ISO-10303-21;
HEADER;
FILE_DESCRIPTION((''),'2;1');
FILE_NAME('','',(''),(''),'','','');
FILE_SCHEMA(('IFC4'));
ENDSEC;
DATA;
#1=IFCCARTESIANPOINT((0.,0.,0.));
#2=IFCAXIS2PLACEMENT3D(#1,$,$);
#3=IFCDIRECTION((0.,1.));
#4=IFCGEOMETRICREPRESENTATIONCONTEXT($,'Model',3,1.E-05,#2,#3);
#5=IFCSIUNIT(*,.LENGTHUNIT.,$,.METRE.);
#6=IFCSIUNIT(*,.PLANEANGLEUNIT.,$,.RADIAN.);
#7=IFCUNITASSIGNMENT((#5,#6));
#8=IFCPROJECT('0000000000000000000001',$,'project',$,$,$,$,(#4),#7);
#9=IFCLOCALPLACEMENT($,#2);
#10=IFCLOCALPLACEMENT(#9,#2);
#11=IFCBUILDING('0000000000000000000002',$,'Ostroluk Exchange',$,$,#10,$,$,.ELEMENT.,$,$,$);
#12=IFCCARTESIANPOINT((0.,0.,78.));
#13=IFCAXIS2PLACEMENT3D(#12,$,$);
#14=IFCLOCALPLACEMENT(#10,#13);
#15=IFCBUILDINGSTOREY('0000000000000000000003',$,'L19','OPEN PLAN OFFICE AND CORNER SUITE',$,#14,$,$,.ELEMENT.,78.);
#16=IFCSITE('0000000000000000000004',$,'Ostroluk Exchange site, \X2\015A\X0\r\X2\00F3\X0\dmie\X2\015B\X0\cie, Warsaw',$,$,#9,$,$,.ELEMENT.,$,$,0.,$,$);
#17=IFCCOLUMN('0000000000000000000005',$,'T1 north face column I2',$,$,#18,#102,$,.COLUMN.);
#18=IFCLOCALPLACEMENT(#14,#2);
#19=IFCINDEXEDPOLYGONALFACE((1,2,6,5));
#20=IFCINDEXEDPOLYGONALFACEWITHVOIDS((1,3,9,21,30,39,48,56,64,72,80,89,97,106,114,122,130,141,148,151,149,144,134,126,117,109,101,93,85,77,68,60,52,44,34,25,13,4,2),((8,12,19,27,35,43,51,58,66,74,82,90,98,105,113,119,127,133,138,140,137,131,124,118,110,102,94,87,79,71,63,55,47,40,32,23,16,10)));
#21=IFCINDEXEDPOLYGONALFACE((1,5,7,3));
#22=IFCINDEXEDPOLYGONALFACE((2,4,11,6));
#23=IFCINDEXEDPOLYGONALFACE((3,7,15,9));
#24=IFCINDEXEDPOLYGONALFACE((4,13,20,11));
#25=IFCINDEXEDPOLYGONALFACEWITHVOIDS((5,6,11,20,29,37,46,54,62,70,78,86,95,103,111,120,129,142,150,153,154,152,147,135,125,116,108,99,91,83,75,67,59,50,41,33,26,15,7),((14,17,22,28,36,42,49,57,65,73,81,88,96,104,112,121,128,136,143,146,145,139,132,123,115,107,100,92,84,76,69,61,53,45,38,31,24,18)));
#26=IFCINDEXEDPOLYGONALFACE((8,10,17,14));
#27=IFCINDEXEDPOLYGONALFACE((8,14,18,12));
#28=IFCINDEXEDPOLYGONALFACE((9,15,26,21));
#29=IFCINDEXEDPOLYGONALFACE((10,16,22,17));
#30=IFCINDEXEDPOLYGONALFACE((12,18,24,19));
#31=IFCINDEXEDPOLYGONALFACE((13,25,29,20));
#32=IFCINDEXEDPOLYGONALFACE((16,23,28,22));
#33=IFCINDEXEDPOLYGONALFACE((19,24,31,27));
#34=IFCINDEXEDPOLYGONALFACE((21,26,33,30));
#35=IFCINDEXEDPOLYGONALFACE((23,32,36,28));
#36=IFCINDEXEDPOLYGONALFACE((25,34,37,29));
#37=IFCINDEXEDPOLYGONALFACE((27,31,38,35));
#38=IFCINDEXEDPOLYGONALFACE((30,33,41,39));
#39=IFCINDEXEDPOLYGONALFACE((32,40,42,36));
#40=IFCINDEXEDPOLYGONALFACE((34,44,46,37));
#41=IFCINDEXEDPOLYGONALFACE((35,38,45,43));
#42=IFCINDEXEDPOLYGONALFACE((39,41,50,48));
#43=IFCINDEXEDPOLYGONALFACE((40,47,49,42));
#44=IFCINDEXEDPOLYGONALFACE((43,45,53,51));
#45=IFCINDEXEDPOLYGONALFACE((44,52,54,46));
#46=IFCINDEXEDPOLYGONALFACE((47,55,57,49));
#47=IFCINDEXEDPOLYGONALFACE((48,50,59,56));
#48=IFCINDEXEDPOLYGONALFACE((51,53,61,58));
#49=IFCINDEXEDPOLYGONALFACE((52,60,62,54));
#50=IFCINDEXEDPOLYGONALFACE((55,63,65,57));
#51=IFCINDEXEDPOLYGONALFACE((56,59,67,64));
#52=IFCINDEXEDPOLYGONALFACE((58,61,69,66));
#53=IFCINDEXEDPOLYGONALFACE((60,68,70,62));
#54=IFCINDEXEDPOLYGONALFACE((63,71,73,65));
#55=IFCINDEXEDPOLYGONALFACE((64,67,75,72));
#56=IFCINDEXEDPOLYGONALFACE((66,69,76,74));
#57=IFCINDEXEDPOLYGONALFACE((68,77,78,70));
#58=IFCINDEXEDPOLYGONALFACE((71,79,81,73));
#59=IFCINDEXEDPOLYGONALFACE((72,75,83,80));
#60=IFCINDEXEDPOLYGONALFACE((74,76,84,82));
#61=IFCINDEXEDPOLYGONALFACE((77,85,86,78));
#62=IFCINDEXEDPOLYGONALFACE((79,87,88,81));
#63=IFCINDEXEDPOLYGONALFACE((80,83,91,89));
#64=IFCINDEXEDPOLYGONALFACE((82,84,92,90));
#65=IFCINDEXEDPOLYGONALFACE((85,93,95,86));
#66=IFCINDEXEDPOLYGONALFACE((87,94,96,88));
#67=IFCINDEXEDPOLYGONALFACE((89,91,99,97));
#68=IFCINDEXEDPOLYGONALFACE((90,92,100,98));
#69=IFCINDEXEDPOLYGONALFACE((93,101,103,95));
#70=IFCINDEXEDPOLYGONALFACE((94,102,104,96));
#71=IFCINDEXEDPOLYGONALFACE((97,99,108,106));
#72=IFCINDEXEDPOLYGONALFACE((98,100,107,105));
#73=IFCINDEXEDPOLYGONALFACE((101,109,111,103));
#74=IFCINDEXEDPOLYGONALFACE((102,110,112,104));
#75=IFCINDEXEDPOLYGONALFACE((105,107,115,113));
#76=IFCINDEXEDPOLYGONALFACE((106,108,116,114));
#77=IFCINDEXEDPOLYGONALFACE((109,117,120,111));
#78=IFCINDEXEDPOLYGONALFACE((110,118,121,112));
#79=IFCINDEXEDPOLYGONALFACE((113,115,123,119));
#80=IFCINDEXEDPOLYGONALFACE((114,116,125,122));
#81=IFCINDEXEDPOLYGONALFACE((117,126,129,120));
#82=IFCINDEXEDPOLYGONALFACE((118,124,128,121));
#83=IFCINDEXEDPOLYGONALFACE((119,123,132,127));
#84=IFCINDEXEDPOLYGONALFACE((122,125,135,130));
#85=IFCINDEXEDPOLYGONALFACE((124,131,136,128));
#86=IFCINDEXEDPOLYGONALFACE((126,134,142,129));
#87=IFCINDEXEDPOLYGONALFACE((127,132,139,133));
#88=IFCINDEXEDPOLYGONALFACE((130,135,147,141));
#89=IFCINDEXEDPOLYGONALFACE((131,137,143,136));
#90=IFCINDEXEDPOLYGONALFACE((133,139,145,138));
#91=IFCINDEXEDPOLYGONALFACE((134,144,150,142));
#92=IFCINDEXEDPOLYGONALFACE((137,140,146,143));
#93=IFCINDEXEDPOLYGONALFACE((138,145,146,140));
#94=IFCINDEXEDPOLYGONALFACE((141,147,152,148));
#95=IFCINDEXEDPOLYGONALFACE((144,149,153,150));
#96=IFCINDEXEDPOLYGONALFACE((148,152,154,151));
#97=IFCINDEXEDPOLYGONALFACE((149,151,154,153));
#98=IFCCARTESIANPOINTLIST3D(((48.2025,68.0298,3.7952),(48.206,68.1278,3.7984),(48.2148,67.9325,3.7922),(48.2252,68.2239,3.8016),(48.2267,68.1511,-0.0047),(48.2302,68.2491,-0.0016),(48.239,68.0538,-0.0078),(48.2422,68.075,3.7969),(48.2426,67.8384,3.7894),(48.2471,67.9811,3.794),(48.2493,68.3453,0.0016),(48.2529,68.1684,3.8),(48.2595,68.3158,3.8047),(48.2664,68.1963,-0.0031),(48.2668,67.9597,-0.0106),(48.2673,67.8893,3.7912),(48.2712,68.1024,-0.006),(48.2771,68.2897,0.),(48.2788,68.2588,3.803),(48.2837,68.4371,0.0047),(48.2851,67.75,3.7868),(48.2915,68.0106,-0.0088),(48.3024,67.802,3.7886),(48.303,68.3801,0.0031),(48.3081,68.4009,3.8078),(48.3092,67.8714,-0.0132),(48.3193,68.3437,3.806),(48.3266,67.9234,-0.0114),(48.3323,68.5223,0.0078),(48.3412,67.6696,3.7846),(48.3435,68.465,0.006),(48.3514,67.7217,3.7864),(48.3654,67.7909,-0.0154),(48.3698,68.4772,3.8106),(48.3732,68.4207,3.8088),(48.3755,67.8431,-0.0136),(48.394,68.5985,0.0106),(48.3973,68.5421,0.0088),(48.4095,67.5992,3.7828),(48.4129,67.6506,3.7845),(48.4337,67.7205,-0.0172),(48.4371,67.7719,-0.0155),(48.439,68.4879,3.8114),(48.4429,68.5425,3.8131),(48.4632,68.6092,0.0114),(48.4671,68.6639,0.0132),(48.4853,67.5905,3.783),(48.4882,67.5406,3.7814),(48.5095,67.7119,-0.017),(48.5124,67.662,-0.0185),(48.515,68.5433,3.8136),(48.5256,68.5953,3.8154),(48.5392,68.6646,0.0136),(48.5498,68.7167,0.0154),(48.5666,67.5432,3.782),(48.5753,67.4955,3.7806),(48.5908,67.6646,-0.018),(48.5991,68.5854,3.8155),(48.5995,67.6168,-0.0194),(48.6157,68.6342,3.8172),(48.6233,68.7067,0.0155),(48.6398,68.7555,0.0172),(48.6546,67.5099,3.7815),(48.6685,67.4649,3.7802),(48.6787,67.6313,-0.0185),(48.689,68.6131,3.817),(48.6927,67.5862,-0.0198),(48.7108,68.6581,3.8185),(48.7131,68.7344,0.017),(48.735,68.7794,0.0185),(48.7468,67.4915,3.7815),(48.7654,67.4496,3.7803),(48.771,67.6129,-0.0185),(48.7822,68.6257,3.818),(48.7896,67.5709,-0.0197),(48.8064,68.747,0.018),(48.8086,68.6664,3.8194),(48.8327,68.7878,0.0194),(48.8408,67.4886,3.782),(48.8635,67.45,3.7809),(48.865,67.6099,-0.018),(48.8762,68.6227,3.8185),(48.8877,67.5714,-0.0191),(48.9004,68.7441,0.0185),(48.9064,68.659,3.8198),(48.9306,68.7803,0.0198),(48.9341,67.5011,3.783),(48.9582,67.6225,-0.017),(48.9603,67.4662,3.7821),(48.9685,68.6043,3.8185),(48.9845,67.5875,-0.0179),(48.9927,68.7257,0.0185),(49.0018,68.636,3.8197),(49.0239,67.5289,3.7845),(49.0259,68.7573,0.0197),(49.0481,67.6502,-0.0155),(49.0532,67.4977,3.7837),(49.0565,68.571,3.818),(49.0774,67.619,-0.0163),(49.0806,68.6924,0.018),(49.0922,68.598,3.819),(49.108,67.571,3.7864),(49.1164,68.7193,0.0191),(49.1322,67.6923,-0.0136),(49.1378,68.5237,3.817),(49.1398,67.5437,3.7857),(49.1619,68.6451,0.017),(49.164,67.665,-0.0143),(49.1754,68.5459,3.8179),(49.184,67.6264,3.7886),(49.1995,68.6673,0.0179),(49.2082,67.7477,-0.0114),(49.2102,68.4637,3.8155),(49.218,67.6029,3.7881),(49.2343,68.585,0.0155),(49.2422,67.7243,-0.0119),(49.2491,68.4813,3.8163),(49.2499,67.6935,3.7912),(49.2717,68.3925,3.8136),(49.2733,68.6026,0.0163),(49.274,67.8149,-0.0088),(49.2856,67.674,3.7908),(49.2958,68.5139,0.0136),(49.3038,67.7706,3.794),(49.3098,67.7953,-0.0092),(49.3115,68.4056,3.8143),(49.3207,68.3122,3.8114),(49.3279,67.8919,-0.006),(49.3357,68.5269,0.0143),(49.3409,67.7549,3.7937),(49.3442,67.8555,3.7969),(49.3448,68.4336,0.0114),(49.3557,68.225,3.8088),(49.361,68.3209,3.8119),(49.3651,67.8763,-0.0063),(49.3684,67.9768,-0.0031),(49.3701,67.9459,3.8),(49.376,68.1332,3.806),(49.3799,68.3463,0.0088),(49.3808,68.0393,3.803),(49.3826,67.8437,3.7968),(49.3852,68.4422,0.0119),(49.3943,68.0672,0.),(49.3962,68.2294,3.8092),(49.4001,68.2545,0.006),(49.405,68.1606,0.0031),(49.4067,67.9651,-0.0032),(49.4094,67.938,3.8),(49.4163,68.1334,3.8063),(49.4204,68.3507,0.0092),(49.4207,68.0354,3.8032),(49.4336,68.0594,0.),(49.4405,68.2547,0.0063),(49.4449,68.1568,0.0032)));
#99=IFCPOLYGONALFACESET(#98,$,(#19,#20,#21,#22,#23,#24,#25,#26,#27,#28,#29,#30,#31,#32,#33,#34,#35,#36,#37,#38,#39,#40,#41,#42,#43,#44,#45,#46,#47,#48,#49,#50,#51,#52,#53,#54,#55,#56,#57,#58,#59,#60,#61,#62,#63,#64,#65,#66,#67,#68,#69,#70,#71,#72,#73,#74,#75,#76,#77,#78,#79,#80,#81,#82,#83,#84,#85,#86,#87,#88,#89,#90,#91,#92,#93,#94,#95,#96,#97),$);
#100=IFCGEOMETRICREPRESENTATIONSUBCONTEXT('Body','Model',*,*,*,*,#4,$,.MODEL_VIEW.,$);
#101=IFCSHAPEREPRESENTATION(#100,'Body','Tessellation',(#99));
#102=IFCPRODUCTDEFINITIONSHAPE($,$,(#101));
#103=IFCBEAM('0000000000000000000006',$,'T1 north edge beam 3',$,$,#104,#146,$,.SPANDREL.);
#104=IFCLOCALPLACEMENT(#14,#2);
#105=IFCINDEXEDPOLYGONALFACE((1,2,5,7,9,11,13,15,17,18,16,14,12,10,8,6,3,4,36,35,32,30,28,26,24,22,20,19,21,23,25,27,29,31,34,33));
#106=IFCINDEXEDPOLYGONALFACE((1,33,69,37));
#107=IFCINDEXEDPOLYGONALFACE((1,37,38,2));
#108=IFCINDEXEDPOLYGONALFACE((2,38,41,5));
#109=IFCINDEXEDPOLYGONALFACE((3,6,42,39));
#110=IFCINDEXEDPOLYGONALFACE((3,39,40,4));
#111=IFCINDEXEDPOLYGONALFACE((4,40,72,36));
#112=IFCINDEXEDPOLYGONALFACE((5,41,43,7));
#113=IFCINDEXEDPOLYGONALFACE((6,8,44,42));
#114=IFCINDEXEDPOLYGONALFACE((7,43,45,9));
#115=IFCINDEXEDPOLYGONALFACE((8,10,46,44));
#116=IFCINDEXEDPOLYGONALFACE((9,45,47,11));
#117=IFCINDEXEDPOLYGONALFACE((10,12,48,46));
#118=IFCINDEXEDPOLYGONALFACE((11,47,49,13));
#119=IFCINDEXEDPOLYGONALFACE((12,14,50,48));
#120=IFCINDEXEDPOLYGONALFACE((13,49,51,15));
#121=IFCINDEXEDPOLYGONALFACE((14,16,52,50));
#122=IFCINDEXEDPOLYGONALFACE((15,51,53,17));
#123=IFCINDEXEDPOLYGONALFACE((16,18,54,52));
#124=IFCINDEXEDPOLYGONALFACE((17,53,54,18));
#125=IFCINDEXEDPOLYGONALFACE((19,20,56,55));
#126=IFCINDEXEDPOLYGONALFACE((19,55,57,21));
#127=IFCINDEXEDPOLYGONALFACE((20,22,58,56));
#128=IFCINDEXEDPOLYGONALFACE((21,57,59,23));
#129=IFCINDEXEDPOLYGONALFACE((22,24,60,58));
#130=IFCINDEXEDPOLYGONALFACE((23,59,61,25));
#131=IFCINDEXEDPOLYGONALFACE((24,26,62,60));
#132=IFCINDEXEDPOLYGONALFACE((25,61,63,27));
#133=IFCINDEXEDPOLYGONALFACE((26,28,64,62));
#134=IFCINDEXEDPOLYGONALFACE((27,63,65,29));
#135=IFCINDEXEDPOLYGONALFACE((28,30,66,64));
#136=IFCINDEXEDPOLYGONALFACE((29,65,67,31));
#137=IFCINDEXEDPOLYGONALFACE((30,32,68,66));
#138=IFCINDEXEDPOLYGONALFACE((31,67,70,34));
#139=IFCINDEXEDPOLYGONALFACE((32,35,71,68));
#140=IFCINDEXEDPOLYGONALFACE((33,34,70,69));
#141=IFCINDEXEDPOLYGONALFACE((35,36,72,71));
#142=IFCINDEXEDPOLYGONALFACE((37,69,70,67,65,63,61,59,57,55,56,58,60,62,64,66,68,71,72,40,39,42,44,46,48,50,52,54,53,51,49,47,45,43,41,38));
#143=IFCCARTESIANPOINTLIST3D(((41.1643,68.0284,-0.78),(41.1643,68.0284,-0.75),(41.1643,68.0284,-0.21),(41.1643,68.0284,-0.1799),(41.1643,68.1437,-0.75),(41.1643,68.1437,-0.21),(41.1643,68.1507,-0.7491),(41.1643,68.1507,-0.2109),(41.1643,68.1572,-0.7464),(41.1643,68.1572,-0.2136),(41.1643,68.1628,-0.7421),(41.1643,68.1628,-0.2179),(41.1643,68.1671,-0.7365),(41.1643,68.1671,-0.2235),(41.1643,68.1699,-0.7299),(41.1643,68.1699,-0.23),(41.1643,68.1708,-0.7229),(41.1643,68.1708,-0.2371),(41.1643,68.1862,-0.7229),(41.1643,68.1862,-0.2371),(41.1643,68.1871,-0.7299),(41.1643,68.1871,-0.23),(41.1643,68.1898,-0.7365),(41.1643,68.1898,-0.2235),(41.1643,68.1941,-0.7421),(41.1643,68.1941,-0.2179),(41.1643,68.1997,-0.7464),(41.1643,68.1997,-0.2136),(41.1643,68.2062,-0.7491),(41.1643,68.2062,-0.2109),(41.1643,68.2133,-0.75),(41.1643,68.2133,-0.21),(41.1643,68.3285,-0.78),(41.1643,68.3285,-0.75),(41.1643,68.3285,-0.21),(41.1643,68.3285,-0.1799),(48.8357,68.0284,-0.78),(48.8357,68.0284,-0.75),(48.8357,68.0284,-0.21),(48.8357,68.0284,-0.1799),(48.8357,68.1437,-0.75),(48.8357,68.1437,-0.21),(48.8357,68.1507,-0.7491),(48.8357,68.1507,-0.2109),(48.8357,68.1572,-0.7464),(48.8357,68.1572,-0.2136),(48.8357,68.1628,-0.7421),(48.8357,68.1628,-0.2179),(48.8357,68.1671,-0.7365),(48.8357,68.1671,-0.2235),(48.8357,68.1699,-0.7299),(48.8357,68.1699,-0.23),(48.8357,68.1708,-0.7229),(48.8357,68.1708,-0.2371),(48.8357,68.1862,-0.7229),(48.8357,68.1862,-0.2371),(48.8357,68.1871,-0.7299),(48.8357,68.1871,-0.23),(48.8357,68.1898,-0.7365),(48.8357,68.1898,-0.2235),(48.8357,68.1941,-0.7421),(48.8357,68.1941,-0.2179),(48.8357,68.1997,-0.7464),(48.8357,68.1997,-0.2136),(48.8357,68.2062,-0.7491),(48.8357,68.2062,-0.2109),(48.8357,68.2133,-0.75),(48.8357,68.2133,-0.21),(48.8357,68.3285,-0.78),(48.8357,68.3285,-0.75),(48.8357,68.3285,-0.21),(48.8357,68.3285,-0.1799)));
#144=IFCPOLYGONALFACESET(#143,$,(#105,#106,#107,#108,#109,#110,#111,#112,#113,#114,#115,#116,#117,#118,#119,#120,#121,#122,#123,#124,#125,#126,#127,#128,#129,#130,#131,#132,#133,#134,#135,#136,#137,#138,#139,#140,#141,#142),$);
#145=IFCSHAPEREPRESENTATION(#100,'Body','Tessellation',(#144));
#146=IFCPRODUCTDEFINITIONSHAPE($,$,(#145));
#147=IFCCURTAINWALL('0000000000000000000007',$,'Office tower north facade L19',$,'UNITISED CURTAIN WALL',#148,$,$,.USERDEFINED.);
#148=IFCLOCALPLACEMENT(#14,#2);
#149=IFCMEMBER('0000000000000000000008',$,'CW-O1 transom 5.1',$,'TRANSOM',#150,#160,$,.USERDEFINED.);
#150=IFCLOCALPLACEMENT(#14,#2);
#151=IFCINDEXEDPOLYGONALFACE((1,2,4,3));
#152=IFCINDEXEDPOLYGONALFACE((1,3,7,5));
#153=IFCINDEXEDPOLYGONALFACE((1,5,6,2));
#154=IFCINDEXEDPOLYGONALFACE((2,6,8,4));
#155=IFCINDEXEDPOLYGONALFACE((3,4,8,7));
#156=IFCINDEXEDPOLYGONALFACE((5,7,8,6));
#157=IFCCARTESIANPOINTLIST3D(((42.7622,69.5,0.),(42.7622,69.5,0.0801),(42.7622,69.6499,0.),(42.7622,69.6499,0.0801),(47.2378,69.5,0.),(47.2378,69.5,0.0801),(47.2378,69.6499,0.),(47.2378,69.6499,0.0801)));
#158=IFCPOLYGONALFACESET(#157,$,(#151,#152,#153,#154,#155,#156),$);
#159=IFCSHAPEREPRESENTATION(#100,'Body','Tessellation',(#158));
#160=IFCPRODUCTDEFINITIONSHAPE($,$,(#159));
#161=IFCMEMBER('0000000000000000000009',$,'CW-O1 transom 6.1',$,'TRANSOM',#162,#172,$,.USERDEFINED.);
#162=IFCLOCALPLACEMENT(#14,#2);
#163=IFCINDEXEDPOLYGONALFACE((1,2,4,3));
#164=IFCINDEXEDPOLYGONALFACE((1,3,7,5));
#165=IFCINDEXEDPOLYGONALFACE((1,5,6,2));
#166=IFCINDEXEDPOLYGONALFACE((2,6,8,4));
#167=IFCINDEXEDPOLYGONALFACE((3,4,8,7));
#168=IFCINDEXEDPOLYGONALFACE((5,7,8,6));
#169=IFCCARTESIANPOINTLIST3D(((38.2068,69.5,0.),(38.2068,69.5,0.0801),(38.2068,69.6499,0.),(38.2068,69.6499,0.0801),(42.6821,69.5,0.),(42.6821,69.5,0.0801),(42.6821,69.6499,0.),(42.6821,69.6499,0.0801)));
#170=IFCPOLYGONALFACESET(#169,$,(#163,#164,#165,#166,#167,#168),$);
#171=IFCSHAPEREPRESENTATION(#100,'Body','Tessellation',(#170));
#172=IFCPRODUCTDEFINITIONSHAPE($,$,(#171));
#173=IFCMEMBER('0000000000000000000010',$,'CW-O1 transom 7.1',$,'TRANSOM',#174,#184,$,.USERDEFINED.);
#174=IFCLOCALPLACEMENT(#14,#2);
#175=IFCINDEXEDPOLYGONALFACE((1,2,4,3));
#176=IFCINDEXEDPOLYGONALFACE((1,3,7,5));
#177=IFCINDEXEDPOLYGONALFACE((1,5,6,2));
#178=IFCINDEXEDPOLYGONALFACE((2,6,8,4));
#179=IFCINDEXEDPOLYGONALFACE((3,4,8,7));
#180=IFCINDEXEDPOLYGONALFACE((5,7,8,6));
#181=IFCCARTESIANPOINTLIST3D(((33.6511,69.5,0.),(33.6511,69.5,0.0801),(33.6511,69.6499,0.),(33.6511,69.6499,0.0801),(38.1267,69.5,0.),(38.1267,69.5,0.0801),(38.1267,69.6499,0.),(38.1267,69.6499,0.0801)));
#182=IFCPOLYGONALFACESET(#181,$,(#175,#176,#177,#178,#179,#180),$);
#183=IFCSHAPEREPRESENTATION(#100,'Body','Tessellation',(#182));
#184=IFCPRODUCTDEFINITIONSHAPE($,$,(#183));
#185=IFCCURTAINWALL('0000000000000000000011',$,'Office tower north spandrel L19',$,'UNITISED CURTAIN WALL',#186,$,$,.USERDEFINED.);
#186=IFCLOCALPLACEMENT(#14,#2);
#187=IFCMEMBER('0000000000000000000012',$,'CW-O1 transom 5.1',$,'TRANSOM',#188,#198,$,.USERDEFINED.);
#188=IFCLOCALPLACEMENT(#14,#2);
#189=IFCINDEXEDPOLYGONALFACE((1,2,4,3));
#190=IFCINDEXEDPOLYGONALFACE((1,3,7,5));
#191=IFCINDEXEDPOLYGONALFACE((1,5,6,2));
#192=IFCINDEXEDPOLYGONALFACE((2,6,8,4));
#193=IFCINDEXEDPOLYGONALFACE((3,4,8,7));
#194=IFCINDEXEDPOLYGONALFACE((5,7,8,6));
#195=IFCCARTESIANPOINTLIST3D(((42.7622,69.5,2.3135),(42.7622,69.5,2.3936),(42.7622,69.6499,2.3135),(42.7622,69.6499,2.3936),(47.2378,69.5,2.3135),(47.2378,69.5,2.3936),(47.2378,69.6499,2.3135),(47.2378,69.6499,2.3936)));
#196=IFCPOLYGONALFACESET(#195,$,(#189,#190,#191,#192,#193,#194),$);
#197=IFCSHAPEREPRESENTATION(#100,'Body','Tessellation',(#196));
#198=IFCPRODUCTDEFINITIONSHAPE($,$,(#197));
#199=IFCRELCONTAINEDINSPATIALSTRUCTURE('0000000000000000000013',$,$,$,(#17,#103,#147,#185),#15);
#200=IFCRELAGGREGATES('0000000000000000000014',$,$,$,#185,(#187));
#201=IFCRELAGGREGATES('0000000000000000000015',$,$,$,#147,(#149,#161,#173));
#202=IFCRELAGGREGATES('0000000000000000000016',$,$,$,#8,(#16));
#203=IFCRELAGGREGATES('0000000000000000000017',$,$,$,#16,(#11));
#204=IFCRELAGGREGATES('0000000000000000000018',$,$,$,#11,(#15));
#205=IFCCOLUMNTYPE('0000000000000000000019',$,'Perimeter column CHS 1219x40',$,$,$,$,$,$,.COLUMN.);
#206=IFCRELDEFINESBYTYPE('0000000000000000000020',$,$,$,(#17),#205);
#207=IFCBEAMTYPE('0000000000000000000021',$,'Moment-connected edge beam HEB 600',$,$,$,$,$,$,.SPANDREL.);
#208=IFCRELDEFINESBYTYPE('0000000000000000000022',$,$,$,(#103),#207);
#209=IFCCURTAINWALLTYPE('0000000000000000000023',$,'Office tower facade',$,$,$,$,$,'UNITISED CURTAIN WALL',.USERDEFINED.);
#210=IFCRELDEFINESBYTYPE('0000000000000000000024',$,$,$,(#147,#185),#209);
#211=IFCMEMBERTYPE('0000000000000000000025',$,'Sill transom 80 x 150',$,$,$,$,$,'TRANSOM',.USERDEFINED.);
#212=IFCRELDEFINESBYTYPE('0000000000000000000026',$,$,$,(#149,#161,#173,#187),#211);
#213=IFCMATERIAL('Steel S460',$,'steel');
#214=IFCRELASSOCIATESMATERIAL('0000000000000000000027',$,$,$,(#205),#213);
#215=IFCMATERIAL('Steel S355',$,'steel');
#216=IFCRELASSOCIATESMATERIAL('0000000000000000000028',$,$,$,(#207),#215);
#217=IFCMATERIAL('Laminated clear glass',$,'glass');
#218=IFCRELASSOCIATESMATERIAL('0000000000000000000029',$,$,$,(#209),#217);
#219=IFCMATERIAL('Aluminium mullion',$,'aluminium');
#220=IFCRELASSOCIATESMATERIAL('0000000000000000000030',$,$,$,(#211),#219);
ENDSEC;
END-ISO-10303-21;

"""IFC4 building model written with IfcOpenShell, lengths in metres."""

from ifc_helpers import new_model, si_unit, direction, frame, origin, origin_2d, place, context, subcontext, project, spatial, rectangle, hollow_circle, i_section, extrude, material, material_profile, profile_set, type_object, element, aggregate, save


model = new_model("IFC4")

# Units and contexts
model_context = context("Model", 3, precision=1e-05, world=origin(), true_north=direction((0.0, 1.0)))
body_context = subcontext(model_context, "Body", "Model", "MODEL_VIEW")
ifc_project = project(units=[si_unit("LENGTHUNIT", "METRE"), si_unit("PLANEANGLEUNIT", "RADIAN")], contexts=[model_context])

# Site, building, storey
site_placement = place(None, origin())
site = spatial("IfcSite", under=ifc_project, at=site_placement, Name="Ostroluk Exchange site, Śródmieście, Warsaw", CompositionType="ELEMENT", RefElevation=0.0)
building_placement = place(site_placement, origin())
building = spatial("IfcBuilding", under=site, at=building_placement, Name="Ostroluk Exchange", CompositionType="ELEMENT")
storey_placement = place(building_placement, frame((0.0, 0.0, 78.0)))
storey = spatial("IfcBuildingStorey", under=building, at=storey_placement, Name="L19", Description="OPEN PLAN OFFICE AND CORNER SUITE", CompositionType="ELEMENT", Elevation=78.0)

# Column
ifc_material_1 = material(Name="Steel S460", Category="steel")
ifc_material_profile_1 = material_profile(ifc_material_1, hollow_circle(Radius=0.6096, WallThickness=0.04, at=origin_2d()), Name="CHS 1219x40")
ifc_profile_set_1 = profile_set([ifc_material_profile_1], Name="Steel S460")
column_type = type_object("IfcColumnType", Name="Perimeter column CHS 1219x40", PredefinedType="COLUMN", material=ifc_profile_set_1)
column_placement = place(storey_placement, frame((48.8357, 68.1785, 0.0), z_axis=(-0.006357, -0.031914, 0.99947), x_axis=(0.980732, -0.195357, 0.0)))
element("IfcColumn", 1, at=column_placement, inside=storey, type_object=column_type, Name="T1 north face column I2", PredefinedType="COLUMN", context=body_context, shape_type="SweptSolid", body=[
    extrude(hollow_circle(Radius=0.6096, WallThickness=0.04, at=origin_2d()), origin(), (0.0, 0.0, 1.0), 3.802),
])

# Beam
ifc_material_2 = material(Name="Steel S355", Category="steel")
ifc_material_profile_2 = material_profile(ifc_material_2, i_section(OverallWidth=0.3, OverallDepth=0.6001, WebThickness=0.0154, FlangeThickness=0.03, FilletRadius=0.0271, at=origin_2d()), Name="HEB 600")
ifc_profile_set_2 = profile_set([ifc_material_profile_2], Name="Steel S355")
beam_type = type_object("IfcBeamType", Name="Moment-connected edge beam HEB 600", PredefinedType="SPANDREL", material=ifc_profile_set_2)
beam_placement = place(storey_placement, frame((48.8357, 68.1785, -0.48), z_axis=(-1.0, 0.0, 0.0), x_axis=(0.0, -1.0, 0.0)))
element("IfcBeam", 2, at=beam_placement, inside=storey, type_object=beam_type, Name="T1 north edge beam 3", PredefinedType="SPANDREL", context=body_context, shape_type="SweptSolid", body=[
    extrude(i_section(OverallWidth=0.3, OverallDepth=0.6001, WebThickness=0.0154, FlangeThickness=0.03, FilletRadius=0.0271, at=origin_2d()), origin(), (0.0, 0.0, 1.0), 7.6714),
])

# Curtain walls, members
ifc_material_3 = material(Name="Laminated clear glass", Category="glass")
curtain_wall_type = type_object("IfcCurtainWallType", Name="Office tower facade", ElementType="UNITISED CURTAIN WALL", PredefinedType="USERDEFINED", material=ifc_material_3)
curtain_wall_1_placement = place(storey_placement, origin())
curtain_wall_1 = element("IfcCurtainWall", 3, at=curtain_wall_1_placement, inside=storey, type_object=curtain_wall_type, Name="Office tower north facade L19", ObjectType="UNITISED CURTAIN WALL", PredefinedType="USERDEFINED")
ifc_material_4 = material(Name="Aluminium mullion", Category="aluminium")
ifc_material_profile_3 = material_profile(ifc_material_4, rectangle(XDim=0.1499, YDim=0.0801, at=origin_2d()), Name="Sill transom 80 x 150")
ifc_profile_set_3 = profile_set([ifc_material_profile_3], Name="Aluminium mullion")
member_type_1 = type_object("IfcMemberType", Name="Sill transom 80 x 150", ElementType="TRANSOM", PredefinedType="USERDEFINED", material=ifc_profile_set_3)
member_1_placement = place(storey_placement, frame((47.2378, 69.575, 0.04), z_axis=(-1.0, 0.0, 0.0), x_axis=(0.0, -1.0, 0.0)))
member_1 = element("IfcMember", 4, at=member_1_placement, type_object=member_type_1, Name="CW-O1 transom 5.1", ObjectType="TRANSOM", PredefinedType="USERDEFINED", context=body_context, shape_type="SweptSolid", body=[
    extrude(rectangle(XDim=0.1499, YDim=0.0801, at=origin_2d()), origin(), (0.0, 0.0, 1.0), 4.4756),
])
member_2_placement = place(storey_placement, frame((42.6821, 69.575, 0.04), z_axis=(-1.0, 0.0, 0.0), x_axis=(0.0, -1.0, 0.0)))
member_2 = element("IfcMember", 5, at=member_2_placement, type_object=member_type_1, Name="CW-O1 transom 6.1", ObjectType="TRANSOM", PredefinedType="USERDEFINED", context=body_context, shape_type="SweptSolid", body=[
    extrude(rectangle(XDim=0.1499, YDim=0.0801, at=origin_2d()), origin(), (0.0, 0.0, 1.0), 4.4753),
])
member_3_placement = place(storey_placement, frame((38.1267, 69.575, 0.04), z_axis=(-1.0, 0.0, 0.0), x_axis=(0.0, -1.0, 0.0)))
member_3 = element("IfcMember", 6, at=member_3_placement, type_object=member_type_1, Name="CW-O1 transom 7.1", ObjectType="TRANSOM", PredefinedType="USERDEFINED", context=body_context, shape_type="SweptSolid", body=[
    extrude(rectangle(XDim=0.1499, YDim=0.0801, at=origin_2d()), origin(), (0.0, 0.0, 1.0), 4.4756),
])
curtain_wall_2_placement = place(storey_placement, origin())
curtain_wall_2 = element("IfcCurtainWall", 7, at=curtain_wall_2_placement, inside=storey, type_object=curtain_wall_type, Name="Office tower north spandrel L19", ObjectType="UNITISED CURTAIN WALL", PredefinedType="USERDEFINED")
member_4_placement = place(storey_placement, frame((47.2378, 69.575, 2.3535), z_axis=(-1.0, 0.0, 0.0), x_axis=(0.0, -1.0, 0.0)))
member_4 = element("IfcMember", 8, at=member_4_placement, type_object=member_type_1, Name="CW-O1 transom 5.1", ObjectType="TRANSOM", PredefinedType="USERDEFINED", context=body_context, shape_type="SweptSolid", body=[
    extrude(rectangle(XDim=0.1499, YDim=0.0801, at=origin_2d()), origin(), (0.0, 0.0, 1.0), 4.4756),
])

aggregate(curtain_wall_2, [member_4])
aggregate(curtain_wall_1, [member_1, member_2, member_3])

save(model, "model.ifc")
